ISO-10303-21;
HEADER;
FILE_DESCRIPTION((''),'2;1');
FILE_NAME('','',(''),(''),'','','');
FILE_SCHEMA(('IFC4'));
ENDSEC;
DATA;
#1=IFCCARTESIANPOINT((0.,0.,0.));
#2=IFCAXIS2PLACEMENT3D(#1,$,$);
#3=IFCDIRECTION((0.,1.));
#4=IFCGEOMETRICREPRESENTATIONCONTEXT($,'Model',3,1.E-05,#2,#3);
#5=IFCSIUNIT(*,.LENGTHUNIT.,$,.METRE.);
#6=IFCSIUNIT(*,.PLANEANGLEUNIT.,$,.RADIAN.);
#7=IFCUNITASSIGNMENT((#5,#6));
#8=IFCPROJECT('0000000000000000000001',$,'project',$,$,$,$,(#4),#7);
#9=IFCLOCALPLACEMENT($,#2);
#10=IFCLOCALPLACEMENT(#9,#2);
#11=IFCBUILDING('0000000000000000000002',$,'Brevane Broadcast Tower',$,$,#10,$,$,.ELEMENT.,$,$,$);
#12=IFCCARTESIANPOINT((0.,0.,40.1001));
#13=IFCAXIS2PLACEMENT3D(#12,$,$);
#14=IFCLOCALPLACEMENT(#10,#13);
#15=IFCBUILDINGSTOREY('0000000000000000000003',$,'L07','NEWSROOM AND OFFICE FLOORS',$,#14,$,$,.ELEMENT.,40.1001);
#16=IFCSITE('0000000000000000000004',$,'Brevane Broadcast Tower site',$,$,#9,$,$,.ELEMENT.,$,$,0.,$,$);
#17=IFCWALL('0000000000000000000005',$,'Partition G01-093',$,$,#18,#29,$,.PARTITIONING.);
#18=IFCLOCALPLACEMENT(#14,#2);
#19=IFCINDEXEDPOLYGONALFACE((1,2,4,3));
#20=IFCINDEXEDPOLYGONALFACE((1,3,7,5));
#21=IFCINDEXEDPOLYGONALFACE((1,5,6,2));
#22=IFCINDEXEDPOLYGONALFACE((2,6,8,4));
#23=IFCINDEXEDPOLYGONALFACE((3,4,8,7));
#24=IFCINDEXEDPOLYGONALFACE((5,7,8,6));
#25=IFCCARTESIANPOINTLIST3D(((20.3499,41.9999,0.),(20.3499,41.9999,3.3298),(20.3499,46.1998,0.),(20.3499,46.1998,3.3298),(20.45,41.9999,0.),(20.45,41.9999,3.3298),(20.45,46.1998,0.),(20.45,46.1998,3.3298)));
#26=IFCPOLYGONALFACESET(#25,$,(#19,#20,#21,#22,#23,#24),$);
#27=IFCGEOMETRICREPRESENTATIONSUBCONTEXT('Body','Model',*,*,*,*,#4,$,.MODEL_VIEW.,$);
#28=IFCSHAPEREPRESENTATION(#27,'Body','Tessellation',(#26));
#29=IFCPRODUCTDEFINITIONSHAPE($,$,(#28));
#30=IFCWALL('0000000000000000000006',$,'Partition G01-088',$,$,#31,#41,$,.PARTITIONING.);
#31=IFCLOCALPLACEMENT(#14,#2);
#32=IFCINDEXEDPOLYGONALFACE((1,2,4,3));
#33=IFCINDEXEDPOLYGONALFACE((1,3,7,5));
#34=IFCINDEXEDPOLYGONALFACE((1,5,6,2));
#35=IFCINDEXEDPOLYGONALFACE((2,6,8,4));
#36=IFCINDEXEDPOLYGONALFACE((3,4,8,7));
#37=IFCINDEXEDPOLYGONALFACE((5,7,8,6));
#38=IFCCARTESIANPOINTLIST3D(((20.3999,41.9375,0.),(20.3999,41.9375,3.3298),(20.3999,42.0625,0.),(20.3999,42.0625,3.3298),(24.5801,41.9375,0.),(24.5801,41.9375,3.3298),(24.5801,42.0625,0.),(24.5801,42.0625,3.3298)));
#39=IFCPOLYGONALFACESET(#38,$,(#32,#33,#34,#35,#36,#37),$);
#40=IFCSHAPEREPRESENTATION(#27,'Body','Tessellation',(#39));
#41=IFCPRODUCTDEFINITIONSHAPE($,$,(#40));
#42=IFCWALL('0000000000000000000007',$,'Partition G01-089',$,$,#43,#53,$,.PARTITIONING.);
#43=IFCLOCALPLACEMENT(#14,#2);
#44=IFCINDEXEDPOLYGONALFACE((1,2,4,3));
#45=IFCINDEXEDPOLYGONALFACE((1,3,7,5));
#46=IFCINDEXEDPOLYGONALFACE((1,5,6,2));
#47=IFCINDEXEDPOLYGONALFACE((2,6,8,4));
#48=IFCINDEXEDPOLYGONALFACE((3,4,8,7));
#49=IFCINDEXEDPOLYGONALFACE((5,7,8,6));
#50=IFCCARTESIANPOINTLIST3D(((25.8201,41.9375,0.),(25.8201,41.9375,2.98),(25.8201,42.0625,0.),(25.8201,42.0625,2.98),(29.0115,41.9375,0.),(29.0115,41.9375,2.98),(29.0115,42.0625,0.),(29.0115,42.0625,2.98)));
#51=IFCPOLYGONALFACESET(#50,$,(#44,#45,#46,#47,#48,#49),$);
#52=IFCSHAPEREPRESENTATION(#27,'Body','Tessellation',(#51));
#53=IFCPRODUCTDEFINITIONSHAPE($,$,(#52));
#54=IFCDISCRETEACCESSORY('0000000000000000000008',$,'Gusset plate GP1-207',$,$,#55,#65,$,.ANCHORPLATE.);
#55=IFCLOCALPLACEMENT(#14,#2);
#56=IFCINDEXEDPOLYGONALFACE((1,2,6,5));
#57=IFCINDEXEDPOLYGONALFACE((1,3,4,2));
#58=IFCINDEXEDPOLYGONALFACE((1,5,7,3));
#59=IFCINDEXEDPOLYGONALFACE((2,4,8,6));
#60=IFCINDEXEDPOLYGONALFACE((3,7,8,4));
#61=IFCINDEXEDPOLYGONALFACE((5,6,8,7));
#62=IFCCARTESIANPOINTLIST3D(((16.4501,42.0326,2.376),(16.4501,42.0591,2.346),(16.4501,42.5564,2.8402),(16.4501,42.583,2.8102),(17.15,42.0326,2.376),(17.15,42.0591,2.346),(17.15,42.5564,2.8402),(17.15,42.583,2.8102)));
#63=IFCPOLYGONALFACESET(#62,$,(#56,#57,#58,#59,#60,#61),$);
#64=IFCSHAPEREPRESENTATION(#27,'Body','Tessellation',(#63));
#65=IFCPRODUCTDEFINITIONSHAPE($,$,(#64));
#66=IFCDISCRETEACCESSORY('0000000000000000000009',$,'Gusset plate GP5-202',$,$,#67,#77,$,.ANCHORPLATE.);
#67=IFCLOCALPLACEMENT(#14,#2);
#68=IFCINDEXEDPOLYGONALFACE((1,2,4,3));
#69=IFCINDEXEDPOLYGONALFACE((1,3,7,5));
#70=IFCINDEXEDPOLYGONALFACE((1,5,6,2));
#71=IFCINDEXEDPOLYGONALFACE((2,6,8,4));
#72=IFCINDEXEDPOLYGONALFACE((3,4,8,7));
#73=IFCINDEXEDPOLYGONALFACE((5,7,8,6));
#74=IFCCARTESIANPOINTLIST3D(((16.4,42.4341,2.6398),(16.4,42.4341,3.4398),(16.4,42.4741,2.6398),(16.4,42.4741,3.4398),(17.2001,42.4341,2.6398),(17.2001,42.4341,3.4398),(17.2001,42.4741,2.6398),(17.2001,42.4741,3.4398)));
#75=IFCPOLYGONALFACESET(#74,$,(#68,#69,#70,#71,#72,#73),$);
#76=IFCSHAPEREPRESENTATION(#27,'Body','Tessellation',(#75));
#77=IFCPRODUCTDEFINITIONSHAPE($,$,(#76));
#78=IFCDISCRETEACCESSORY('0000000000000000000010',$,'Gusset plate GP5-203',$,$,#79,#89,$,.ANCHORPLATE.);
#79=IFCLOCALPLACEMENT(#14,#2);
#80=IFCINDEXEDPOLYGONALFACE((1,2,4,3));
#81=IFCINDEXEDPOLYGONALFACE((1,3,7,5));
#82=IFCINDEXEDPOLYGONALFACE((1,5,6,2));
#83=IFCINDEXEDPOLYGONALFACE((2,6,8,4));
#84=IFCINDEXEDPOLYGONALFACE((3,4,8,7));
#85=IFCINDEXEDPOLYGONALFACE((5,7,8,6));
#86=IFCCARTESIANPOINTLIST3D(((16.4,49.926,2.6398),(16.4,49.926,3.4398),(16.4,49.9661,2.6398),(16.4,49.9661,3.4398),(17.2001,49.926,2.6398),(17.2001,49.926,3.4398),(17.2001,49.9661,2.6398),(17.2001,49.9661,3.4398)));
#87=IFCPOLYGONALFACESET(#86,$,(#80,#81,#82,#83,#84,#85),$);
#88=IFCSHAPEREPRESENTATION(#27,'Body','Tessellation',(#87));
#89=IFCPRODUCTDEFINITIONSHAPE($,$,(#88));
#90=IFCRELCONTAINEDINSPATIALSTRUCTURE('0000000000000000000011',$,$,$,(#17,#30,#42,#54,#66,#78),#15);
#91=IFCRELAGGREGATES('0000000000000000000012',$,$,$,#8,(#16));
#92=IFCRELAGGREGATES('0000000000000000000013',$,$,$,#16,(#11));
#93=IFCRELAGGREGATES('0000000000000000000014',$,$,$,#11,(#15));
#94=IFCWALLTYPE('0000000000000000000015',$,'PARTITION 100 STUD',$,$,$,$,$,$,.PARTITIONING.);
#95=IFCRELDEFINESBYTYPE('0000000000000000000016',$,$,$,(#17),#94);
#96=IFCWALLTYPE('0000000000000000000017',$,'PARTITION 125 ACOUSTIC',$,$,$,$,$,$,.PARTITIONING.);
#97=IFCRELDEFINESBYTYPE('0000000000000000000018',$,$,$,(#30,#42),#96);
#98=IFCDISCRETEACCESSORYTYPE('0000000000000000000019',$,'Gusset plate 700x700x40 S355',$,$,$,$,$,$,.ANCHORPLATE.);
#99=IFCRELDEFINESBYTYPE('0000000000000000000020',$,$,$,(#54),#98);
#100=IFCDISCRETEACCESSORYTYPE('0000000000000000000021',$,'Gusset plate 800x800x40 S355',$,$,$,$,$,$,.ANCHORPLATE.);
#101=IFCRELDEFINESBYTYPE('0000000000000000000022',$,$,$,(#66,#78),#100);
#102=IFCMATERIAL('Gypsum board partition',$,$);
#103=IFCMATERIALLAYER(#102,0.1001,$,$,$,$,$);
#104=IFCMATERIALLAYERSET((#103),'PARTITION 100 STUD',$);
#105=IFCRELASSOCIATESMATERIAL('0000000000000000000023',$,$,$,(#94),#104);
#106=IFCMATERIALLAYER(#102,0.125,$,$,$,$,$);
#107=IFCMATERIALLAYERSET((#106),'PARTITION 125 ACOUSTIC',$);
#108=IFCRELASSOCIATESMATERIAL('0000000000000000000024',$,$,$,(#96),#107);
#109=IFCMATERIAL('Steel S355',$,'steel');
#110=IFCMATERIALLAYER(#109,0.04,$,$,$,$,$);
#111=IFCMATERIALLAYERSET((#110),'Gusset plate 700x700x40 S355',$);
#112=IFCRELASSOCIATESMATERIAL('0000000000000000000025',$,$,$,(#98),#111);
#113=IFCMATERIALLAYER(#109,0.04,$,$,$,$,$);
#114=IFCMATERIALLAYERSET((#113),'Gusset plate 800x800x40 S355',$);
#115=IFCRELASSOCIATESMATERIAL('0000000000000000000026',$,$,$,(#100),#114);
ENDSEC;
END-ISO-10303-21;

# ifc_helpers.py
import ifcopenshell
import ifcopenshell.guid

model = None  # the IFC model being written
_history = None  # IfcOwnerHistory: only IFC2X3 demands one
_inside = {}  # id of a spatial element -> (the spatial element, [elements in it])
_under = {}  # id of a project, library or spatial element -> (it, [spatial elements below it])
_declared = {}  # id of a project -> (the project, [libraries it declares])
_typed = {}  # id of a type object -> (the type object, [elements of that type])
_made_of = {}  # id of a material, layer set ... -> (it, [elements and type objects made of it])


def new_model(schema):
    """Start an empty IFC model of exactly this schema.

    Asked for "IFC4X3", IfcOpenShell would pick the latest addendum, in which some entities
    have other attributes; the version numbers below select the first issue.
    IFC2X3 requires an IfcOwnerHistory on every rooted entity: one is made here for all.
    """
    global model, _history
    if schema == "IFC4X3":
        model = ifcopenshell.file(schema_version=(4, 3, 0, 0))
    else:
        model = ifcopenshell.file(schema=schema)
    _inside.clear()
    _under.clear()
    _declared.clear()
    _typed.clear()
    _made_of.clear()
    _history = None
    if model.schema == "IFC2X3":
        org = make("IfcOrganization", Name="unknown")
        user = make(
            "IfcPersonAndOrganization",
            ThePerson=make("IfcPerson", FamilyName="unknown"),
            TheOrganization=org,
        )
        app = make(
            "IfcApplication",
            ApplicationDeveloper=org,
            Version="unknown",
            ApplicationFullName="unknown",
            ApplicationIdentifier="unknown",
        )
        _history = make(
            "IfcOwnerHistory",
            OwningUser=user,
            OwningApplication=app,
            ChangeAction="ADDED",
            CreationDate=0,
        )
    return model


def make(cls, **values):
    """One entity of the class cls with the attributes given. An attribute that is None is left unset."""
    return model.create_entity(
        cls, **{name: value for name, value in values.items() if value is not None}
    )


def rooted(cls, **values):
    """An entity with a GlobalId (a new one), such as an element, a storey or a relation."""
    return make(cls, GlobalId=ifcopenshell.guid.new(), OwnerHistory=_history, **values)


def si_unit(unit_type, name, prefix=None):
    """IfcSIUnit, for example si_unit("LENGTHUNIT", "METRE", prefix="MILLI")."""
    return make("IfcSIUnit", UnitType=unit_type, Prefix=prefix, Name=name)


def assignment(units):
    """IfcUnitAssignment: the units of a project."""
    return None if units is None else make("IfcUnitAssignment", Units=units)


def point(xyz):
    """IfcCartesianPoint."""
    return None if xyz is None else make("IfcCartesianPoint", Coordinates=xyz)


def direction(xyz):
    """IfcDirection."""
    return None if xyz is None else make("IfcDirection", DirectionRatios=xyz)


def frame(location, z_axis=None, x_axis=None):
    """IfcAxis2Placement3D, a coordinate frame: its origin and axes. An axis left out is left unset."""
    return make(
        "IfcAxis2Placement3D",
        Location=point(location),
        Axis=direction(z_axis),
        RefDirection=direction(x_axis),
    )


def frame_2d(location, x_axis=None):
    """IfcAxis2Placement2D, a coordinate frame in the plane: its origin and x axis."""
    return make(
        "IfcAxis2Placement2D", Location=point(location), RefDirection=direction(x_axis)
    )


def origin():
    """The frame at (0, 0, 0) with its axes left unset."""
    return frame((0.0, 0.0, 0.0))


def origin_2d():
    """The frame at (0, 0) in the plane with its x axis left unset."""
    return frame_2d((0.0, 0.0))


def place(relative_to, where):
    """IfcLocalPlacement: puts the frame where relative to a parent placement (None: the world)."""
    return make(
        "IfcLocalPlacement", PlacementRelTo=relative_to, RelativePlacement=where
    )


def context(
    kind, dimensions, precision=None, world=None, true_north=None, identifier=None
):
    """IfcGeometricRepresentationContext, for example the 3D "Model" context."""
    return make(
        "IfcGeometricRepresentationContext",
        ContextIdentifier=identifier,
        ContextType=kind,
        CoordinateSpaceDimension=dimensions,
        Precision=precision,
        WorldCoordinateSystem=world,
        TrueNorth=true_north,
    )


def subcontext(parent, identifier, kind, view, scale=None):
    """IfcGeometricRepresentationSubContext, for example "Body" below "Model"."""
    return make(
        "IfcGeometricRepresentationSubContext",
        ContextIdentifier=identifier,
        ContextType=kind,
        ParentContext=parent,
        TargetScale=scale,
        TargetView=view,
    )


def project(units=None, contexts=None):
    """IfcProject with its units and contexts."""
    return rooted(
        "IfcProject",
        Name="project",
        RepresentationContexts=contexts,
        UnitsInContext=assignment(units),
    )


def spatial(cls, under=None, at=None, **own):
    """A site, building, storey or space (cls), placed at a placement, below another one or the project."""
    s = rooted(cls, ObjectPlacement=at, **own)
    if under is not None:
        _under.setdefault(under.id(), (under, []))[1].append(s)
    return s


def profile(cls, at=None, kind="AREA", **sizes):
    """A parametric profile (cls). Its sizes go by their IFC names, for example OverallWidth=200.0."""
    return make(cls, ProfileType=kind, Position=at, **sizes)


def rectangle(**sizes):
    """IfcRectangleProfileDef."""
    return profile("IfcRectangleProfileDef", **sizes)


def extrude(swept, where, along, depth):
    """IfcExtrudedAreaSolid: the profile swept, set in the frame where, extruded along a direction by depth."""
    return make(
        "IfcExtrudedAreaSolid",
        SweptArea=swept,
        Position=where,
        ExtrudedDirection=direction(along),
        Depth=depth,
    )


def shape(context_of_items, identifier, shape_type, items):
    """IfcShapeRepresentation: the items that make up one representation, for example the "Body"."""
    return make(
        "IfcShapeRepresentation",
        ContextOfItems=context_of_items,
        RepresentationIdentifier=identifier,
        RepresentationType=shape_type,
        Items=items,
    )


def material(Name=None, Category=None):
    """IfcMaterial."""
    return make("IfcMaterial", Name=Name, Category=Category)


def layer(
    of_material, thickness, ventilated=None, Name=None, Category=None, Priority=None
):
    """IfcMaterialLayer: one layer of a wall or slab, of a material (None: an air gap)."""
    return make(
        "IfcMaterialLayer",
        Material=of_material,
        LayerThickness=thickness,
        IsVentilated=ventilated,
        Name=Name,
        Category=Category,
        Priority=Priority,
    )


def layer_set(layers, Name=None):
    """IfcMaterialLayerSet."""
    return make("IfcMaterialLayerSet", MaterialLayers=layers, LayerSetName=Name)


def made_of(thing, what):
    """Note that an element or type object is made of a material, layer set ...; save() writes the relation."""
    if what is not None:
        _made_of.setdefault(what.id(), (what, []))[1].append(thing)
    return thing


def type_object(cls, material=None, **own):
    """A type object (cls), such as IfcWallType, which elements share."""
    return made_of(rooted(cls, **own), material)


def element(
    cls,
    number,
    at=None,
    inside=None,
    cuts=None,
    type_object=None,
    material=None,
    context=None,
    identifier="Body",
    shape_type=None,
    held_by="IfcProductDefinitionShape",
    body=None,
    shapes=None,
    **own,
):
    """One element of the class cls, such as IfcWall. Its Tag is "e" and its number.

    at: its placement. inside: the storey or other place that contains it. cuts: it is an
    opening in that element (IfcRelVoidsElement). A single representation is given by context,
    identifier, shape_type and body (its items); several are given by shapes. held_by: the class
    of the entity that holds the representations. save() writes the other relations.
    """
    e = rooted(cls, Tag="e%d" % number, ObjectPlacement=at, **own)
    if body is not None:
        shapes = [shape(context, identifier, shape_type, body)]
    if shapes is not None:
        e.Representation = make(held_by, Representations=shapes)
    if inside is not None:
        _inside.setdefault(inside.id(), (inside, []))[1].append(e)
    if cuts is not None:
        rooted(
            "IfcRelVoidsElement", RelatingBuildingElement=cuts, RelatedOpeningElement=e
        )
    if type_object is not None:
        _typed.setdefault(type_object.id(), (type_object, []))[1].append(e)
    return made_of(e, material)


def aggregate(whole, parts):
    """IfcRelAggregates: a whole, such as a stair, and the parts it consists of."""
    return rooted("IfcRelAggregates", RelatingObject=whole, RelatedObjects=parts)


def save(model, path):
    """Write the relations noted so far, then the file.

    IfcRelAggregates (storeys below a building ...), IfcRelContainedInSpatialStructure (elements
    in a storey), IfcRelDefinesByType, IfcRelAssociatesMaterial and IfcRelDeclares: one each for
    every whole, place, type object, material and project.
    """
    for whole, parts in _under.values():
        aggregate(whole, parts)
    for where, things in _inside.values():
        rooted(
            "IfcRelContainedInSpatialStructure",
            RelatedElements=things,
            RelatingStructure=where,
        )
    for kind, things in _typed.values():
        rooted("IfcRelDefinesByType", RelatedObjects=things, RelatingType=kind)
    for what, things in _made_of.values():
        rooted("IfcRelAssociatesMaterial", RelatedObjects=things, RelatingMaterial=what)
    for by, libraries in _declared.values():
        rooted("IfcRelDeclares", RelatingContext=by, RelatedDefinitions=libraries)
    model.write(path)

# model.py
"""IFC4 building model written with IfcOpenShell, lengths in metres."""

from ifc_helpers import new_model, si_unit, direction, frame, frame_2d, origin, origin_2d, place, context, subcontext, project, spatial, rectangle, extrude, material, layer, layer_set, type_object, element, save


model = new_model("IFC4")

# Units and contexts
model_context = context("Model", 3, precision=1e-05, world=origin(), true_north=direction((0.0, 1.0)))
body_context = subcontext(model_context, "Body", "Model", "MODEL_VIEW")
ifc_project = project(units=[si_unit("LENGTHUNIT", "METRE"), si_unit("PLANEANGLEUNIT", "RADIAN")], contexts=[model_context])

# Site, building, storey
site_placement = place(None, origin())
site = spatial("IfcSite", under=ifc_project, at=site_placement, Name="Brevane Broadcast Tower site", CompositionType="ELEMENT", RefElevation=0.0)
building_placement = place(site_placement, origin())
building = spatial("IfcBuilding", under=site, at=building_placement, Name="Brevane Broadcast Tower", CompositionType="ELEMENT")
storey_placement = place(building_placement, frame((0.0, 0.0, 40.1001)))
storey = spatial("IfcBuildingStorey", under=building, at=storey_placement, Name="L07", Description="NEWSROOM AND OFFICE FLOORS", CompositionType="ELEMENT", Elevation=40.1001)

# Shared definitions
ifc_material_1 = material(Name="Steel S355", Category="steel")

# Shared definitions
ifc_material_2 = material(Name="Gypsum board partition")
ifc_layer_1 = layer(ifc_material_2, 0.1001)
ifc_layer_set_1 = layer_set([ifc_layer_1], Name="PARTITION 100 STUD")
wall_type_1 = type_object("IfcWallType", Name="PARTITION 100 STUD", PredefinedType="PARTITIONING", material=ifc_layer_set_1)

# Walls
wall_1_placement = place(storey_placement, frame((20.3999, 46.2, 0.0), z_axis=(0.0, 0.0, 1.0), x_axis=(0.0, -1.0, 0.0)))
element("IfcWall", 1, at=wall_1_placement, inside=storey, type_object=wall_type_1, Name="Partition G01-093", PredefinedType="PARTITIONING", context=body_context, shape_type="SweptSolid", body=[
    extrude(rectangle(XDim=4.2, YDim=0.1001, at=frame_2d((2.1001, 0.0))), origin(), (0.0, 0.0, 1.0), 3.3298),
])
ifc_layer_2 = layer(ifc_material_2, 0.125)
ifc_layer_set_2 = layer_set([ifc_layer_2], Name="PARTITION 125 ACOUSTIC")
wall_type_2 = type_object("IfcWallType", Name="PARTITION 125 ACOUSTIC", PredefinedType="PARTITIONING", material=ifc_layer_set_2)
wall_2_placement = place(storey_placement, frame((20.3999, 42.0, 0.0), z_axis=(0.0, 0.0, 1.0), x_axis=(1.0, 0.0, 0.0)))
element("IfcWall", 2, at=wall_2_placement, inside=storey, type_object=wall_type_2, Name="Partition G01-088", PredefinedType="PARTITIONING", context=body_context, shape_type="SweptSolid", body=[
    extrude(rectangle(XDim=4.1802, YDim=0.125, at=frame_2d((2.0901, 0.0))), origin(), (0.0, 0.0, 1.0), 3.3298),
])
wall_3_placement = place(storey_placement, frame((25.8201, 42.0, 0.0), z_axis=(0.0, 0.0, 1.0), x_axis=(1.0, 0.0, 0.0)))
element("IfcWall", 3, at=wall_3_placement, inside=storey, type_object=wall_type_2, Name="Partition G01-089", PredefinedType="PARTITIONING", context=body_context, shape_type="SweptSolid", body=[
    extrude(rectangle(XDim=3.1914, YDim=0.125, at=frame_2d((1.5957, 0.0))), origin(), (0.0, 0.0, 1.0), 2.98),
])

# Discrete accessories
ifc_layer_3 = layer(ifc_material_1, 0.04)
ifc_layer_set_3 = layer_set([ifc_layer_3], Name="Gusset plate 700x700x40 S355")
discrete_accessory_type_1 = type_object("IfcDiscreteAccessoryType", Name="Gusset plate 700x700x40 S355", PredefinedType="ANCHORPLATE", material=ifc_layer_set_3)
discrete_accessory_placement = place(storey_placement, frame((16.8, 42.321, 2.5781), z_axis=(0.0, -0.66323, 0.748416), x_axis=(1.0, 0.0, 0.0)))
element("IfcDiscreteAccessory", 4, at=discrete_accessory_placement, inside=storey, type_object=discrete_accessory_type_1, Name="Gusset plate GP1-207", PredefinedType="ANCHORPLATE", context=body_context, shape_type="SweptSolid", body=[
    extrude(rectangle(XDim=0.7, YDim=0.7, at=origin_2d()), origin(), (0.0, 0.0, 1.0), 0.04),
])
ifc_layer_4 = layer(ifc_material_1, 0.04)
ifc_layer_set_4 = layer_set([ifc_layer_4], Name="Gusset plate 800x800x40 S355")
discrete_accessory_type_2 = type_object("IfcDiscreteAccessoryType", Name="Gusset plate 800x800x40 S355", PredefinedType="ANCHORPLATE", material=ifc_layer_set_4)
for number, where, z_axis, x_axis, name in (
    (5, (16.8, 42.4341, 3.0398), (0.0, 1.0, 0.0), (-1.0, 0.0, 0.0), "Gusset plate GP5-202"),
    (6, (16.8, 49.926, 3.0398), (0.0, 1.0, 0.0), (-1.0, 0.0, 0.0), "Gusset plate GP5-203"),
):
    element("IfcDiscreteAccessory", number, at=place(storey_placement, frame(where, z_axis=z_axis, x_axis=x_axis)), inside=storey, type_object=discrete_accessory_type_2, Name=name, PredefinedType="ANCHORPLATE", context=body_context, shape_type="SweptSolid", body=[
        extrude(rectangle(XDim=0.8, YDim=0.8, at=origin_2d()), origin(), (0.0, 0.0, 1.0), 0.04),
    ])

save(model, "model.ifc")
